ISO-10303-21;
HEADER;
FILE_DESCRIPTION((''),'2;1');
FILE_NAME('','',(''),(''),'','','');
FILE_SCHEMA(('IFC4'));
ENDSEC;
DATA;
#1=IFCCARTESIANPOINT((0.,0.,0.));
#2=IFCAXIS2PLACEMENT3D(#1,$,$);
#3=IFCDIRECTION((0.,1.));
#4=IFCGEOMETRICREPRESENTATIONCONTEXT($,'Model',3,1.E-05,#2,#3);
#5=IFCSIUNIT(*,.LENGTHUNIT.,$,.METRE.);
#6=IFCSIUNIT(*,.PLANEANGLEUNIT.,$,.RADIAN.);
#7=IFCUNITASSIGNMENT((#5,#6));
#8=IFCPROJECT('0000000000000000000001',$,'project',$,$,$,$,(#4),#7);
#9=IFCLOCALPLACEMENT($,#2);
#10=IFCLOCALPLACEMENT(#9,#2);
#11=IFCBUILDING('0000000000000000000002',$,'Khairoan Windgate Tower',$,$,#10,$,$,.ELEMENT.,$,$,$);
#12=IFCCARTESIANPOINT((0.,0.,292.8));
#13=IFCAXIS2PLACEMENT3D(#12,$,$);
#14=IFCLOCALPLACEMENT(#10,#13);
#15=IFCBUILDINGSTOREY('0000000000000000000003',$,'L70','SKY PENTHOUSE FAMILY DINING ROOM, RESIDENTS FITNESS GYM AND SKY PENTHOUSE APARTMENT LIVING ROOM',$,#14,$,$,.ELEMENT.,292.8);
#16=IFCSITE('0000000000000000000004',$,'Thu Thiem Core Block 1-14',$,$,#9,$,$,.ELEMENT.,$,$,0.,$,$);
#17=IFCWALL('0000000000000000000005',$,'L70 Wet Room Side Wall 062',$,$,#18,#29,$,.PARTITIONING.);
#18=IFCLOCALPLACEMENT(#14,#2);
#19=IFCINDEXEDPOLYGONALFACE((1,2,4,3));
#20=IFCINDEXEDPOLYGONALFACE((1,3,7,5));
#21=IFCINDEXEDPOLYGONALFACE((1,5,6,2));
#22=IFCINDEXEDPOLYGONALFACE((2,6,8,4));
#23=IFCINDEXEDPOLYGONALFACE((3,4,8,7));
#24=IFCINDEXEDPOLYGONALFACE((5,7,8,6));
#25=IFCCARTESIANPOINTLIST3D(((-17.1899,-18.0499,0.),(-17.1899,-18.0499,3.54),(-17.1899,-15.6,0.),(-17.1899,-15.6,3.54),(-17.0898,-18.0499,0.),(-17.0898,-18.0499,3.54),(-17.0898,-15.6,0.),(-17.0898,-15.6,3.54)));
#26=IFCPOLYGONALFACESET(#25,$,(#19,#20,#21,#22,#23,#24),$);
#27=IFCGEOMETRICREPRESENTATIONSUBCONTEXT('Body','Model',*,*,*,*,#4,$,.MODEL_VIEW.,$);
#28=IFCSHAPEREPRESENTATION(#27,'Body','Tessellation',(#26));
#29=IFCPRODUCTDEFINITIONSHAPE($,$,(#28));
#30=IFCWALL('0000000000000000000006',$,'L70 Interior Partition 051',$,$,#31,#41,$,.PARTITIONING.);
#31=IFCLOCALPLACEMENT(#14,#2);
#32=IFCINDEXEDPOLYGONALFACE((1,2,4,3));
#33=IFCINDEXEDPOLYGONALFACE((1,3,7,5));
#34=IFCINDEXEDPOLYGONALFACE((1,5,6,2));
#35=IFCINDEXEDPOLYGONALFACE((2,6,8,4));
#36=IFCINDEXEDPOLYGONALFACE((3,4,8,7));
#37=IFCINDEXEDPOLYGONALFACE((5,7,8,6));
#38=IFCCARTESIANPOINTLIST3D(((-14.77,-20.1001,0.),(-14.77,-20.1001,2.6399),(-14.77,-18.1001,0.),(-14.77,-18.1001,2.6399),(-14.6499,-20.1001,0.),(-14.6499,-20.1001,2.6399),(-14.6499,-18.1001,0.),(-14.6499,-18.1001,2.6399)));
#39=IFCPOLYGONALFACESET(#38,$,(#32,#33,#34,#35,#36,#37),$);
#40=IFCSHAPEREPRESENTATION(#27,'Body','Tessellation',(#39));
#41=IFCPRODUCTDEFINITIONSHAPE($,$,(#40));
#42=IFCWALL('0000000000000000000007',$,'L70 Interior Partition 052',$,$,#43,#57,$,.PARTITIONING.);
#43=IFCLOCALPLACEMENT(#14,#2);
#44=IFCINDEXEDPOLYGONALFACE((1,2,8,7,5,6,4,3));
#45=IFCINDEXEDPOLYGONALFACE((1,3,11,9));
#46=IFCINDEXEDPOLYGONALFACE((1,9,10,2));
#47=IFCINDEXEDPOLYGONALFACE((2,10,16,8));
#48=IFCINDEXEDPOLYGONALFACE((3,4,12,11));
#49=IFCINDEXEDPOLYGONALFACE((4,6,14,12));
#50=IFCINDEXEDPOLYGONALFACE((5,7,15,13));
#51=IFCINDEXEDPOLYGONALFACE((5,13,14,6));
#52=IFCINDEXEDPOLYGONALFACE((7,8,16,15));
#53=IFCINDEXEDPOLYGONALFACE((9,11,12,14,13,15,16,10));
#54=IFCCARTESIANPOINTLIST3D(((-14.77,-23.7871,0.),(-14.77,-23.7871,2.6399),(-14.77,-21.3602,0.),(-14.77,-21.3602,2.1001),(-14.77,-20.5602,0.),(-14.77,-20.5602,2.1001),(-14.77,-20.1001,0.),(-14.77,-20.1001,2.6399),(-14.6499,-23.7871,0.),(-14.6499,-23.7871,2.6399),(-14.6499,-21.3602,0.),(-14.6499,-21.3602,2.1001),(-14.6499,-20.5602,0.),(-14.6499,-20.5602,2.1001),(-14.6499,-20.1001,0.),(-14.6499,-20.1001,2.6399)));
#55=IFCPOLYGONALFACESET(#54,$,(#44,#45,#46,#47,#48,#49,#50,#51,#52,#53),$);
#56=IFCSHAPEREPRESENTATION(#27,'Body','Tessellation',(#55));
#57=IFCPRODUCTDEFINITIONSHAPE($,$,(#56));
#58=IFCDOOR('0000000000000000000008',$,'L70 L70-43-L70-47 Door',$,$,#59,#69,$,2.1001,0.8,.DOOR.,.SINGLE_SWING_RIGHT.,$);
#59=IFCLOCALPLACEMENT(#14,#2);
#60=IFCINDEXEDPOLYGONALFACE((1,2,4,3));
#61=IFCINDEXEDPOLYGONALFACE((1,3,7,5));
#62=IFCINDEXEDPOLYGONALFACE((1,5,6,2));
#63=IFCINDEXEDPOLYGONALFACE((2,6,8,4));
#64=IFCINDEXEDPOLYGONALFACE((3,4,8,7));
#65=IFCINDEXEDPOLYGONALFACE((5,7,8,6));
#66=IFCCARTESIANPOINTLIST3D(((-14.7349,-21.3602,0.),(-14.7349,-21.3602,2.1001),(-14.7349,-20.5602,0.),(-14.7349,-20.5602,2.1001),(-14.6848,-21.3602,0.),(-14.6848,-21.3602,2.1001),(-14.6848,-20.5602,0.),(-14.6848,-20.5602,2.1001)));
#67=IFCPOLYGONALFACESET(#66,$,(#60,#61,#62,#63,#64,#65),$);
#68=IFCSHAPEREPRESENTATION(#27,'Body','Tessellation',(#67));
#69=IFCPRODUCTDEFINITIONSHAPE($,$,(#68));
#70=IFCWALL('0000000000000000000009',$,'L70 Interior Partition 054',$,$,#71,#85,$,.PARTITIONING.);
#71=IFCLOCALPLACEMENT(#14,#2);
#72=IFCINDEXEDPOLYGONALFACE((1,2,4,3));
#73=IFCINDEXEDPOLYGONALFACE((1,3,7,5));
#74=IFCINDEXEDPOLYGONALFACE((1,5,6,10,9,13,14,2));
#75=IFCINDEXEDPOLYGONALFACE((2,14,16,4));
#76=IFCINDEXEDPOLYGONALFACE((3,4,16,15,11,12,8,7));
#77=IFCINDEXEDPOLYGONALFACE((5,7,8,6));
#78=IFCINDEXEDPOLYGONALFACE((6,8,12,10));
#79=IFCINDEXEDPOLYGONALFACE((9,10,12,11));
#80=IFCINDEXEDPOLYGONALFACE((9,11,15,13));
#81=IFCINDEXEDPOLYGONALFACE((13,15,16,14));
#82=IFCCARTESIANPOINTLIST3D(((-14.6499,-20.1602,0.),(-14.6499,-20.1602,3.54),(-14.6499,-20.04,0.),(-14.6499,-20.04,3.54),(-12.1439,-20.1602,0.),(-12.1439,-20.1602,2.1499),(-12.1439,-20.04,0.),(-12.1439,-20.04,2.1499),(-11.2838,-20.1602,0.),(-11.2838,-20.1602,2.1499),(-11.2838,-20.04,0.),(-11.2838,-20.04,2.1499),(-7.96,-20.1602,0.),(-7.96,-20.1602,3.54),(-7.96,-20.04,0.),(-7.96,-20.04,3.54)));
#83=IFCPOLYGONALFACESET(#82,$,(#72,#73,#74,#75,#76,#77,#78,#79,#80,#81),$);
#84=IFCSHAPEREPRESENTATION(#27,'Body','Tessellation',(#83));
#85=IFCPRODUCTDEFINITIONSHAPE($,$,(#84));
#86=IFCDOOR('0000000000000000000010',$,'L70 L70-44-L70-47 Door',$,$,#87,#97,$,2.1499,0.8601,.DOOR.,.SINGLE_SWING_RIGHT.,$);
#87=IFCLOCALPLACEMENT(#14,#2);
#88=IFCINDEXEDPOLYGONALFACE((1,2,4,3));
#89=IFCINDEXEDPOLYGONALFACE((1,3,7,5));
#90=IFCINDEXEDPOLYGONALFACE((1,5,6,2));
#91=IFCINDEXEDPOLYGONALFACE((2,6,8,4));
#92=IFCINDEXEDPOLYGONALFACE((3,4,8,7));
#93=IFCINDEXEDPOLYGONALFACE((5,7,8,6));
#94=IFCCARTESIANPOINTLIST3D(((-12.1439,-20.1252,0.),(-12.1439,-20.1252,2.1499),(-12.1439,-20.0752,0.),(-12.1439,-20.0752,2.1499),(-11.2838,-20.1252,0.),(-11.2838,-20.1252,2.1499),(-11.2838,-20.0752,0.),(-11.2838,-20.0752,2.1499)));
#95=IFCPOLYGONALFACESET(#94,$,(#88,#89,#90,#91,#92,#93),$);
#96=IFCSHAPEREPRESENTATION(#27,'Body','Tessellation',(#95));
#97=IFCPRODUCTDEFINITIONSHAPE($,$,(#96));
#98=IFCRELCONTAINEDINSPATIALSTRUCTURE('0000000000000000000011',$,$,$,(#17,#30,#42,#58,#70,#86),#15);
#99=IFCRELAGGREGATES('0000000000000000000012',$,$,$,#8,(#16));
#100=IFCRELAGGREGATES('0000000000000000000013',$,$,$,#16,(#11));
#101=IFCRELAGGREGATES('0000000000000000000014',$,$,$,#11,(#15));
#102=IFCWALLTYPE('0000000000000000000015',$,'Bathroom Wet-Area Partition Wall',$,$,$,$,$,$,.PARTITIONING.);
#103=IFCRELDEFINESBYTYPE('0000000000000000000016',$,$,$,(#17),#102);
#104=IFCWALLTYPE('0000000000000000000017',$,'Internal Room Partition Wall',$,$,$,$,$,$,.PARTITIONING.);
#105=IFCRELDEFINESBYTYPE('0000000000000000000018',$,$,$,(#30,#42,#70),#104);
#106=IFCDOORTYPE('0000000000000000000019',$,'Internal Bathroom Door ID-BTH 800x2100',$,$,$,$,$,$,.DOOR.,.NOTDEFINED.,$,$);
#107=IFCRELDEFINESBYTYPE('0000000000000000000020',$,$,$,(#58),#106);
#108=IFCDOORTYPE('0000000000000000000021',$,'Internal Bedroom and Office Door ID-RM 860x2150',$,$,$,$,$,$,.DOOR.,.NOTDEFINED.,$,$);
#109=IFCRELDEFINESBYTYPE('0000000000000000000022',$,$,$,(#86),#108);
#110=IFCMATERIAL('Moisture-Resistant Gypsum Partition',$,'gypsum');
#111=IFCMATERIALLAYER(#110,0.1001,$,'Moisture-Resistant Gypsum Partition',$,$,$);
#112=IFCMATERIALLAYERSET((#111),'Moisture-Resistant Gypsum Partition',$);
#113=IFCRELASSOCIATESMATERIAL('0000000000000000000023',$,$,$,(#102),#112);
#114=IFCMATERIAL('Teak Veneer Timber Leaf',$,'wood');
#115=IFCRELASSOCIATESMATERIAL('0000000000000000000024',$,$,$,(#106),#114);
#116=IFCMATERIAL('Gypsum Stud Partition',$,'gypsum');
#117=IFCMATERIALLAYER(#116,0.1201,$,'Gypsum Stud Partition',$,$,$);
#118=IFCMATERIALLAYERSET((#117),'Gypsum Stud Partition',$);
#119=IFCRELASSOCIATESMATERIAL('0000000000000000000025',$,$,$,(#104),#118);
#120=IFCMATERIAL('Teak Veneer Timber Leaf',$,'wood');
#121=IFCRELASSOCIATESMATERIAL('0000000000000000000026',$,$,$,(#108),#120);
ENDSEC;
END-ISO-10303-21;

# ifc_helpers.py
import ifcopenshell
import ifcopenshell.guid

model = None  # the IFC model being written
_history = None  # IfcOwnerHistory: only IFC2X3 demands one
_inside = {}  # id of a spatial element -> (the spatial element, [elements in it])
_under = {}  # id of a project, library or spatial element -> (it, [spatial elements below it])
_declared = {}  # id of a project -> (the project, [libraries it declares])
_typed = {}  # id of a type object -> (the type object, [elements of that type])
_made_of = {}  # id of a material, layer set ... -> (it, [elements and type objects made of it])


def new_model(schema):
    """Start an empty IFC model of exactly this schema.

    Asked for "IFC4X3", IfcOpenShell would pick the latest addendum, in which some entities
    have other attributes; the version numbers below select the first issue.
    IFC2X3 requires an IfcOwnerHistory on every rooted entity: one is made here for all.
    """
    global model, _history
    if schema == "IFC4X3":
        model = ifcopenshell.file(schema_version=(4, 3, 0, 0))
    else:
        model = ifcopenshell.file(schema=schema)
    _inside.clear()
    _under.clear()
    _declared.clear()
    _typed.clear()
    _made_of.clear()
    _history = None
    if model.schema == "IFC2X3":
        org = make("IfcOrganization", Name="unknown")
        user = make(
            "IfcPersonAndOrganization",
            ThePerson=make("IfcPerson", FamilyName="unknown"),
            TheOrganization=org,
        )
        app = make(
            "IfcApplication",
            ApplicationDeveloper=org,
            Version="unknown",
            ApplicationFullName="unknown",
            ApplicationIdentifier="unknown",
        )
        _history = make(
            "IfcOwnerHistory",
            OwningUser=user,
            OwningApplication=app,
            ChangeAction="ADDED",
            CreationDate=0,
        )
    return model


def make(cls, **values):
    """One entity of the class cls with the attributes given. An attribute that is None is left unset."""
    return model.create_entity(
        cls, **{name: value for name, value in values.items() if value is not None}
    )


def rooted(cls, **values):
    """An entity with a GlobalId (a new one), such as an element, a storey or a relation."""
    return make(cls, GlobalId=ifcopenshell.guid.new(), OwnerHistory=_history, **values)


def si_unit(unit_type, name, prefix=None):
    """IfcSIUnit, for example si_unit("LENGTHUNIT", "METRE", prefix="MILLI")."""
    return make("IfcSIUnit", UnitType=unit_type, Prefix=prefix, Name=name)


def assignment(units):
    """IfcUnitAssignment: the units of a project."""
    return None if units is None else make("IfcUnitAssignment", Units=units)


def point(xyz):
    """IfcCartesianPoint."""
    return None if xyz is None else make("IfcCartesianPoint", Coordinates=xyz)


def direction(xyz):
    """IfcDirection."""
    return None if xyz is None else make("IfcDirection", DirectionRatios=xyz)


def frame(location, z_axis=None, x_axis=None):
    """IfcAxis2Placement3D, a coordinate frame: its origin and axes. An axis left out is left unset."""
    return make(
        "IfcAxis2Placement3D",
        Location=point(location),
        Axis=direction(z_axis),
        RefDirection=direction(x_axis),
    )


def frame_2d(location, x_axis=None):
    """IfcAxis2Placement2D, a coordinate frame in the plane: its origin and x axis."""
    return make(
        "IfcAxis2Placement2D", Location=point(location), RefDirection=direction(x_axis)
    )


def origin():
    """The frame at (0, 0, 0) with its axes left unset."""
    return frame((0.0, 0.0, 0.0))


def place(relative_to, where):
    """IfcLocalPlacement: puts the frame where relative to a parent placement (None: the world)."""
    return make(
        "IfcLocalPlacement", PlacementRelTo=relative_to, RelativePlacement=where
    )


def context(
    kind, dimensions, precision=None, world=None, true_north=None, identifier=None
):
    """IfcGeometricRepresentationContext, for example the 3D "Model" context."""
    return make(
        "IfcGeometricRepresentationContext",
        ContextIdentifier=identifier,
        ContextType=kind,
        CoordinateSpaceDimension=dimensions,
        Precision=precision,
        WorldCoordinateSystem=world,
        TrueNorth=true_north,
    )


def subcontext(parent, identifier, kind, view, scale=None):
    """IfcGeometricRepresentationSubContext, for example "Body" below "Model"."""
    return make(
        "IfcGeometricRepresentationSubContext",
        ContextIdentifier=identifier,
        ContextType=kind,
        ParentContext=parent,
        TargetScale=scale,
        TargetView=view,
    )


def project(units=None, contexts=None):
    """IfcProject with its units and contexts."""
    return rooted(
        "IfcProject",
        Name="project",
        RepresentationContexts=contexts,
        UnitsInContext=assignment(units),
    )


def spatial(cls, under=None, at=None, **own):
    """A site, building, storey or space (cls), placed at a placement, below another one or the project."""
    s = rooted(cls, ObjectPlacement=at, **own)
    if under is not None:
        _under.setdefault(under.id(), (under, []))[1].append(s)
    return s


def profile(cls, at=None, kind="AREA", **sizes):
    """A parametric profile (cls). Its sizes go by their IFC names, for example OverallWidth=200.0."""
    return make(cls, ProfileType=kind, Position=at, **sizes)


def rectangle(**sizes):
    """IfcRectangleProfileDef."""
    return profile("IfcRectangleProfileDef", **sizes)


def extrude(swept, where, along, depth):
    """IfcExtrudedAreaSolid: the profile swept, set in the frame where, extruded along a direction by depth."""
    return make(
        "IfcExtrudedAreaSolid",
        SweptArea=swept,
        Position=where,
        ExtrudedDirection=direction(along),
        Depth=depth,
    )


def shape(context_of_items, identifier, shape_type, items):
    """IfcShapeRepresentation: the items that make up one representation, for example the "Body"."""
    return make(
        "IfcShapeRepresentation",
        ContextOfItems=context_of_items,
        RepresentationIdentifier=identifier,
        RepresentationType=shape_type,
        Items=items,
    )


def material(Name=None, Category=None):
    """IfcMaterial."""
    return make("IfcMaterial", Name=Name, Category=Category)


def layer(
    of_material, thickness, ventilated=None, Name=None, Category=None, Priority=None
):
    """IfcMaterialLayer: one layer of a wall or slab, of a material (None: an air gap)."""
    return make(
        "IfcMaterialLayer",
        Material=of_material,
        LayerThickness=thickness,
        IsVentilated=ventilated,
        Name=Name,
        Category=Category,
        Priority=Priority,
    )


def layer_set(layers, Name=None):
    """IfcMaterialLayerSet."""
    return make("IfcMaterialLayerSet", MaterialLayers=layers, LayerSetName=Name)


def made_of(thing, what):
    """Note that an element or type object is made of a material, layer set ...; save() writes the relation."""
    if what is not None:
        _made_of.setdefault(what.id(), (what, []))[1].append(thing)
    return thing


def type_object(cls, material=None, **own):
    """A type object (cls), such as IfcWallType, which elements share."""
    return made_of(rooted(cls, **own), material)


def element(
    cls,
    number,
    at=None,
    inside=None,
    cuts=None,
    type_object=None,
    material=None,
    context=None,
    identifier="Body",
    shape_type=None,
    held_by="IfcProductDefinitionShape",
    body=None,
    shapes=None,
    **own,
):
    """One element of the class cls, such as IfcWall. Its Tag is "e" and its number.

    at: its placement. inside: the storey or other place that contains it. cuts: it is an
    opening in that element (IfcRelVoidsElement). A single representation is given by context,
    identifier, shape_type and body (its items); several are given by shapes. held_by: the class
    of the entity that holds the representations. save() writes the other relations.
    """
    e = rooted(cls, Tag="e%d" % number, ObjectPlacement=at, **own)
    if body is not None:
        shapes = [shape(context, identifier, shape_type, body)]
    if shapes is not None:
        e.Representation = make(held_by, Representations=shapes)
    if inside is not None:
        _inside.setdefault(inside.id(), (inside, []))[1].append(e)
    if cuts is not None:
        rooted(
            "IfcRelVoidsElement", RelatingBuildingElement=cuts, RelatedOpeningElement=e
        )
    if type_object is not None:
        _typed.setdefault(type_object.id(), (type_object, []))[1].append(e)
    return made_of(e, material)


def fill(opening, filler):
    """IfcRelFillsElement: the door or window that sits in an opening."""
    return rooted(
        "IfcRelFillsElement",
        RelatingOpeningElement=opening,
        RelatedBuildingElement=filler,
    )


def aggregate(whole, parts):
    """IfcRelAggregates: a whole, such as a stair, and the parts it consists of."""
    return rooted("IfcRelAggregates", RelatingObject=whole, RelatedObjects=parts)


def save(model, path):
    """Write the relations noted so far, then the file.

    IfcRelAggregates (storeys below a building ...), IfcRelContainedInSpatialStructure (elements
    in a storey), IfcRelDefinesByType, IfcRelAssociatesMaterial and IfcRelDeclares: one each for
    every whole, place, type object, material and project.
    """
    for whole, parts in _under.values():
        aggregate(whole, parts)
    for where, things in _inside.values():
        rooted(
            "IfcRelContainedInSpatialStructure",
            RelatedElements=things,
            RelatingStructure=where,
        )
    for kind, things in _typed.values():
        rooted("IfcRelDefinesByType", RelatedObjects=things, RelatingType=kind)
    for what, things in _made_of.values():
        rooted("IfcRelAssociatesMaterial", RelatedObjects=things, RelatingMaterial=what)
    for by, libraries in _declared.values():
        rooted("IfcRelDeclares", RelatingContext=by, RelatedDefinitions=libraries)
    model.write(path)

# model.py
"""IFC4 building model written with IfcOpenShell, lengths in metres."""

from ifc_helpers import new_model, si_unit, direction, frame, frame_2d, origin, place, context, subcontext, project, spatial, rectangle, extrude, material, layer, layer_set, type_object, element, fill, save


model = new_model("IFC4")

# Units and contexts
model_context = context("Model", 3, precision=1e-05, world=origin(), true_north=direction((0.0, 1.0)))
body_context = subcontext(model_context, "Body", "Model", "MODEL_VIEW")
ifc_project = project(units=[si_unit("LENGTHUNIT", "METRE"), si_unit("PLANEANGLEUNIT", "RADIAN")], contexts=[model_context])

# Site, building, storey
site_placement = place(None, origin())
site = spatial("IfcSite", under=ifc_project, at=site_placement, Name="Thu Thiem Core Block 1-14", CompositionType="ELEMENT", RefElevation=0.0)
building_placement = place(site_placement, origin())
building = spatial("IfcBuilding", under=site, at=building_placement, Name="Khairoan Windgate Tower", CompositionType="ELEMENT")
storey_placement = place(building_placement, frame((0.0, 0.0, 292.8)))
storey = spatial("IfcBuildingStorey", under=building, at=storey_placement, Name="L70", Description="SKY PENTHOUSE FAMILY DINING ROOM, RESIDENTS FITNESS GYM AND SKY PENTHOUSE APARTMENT LIVING ROOM", CompositionType="ELEMENT", Elevation=292.8)

# Shared definitions
ifc_material_1 = material(Name="Moisture-Resistant Gypsum Partition", Category="gypsum")
ifc_layer_1 = layer(ifc_material_1, 0.1001, Name="Moisture-Resistant Gypsum Partition")
ifc_layer_set_1 = layer_set([ifc_layer_1], Name="Moisture-Resistant Gypsum Partition")
wall_type_1 = type_object("IfcWallType", Name="Bathroom Wet-Area Partition Wall", PredefinedType="PARTITIONING", material=ifc_layer_set_1)

# Shared definitions
ifc_material_2 = material(Name="Teak Veneer Timber Leaf", Category="wood")
door_type_1 = type_object("IfcDoorType", Name="Internal Bathroom Door ID-BTH 800x2100", OperationType="NOTDEFINED", PredefinedType="DOOR", material=ifc_material_2)

# Wall
wall_1_placement = place(storey_placement, frame((-17.1399, -18.05, 0.0), z_axis=(0.0, 0.0, 1.0), x_axis=(0.0, 1.0, 0.0)))
element("IfcWall", 1, at=wall_1_placement, inside=storey, type_object=wall_type_1, Name="L70 Wet Room Side Wall 062", PredefinedType="PARTITIONING", context=body_context, shape_type="SweptSolid", body=[
    extrude(rectangle(XDim=2.45, YDim=0.1001, at=frame_2d((1.2251, 0.0))), origin(), (0.0, 0.0, 1.0), 3.54),
])

# Wall
ifc_material_3 = material(Name="Gypsum Stud Partition", Category="gypsum")
ifc_layer_2 = layer(ifc_material_3, 0.1201, Name="Gypsum Stud Partition")
ifc_layer_set_2 = layer_set([ifc_layer_2], Name="Gypsum Stud Partition")
wall_type_2 = type_object("IfcWallType", Name="Internal Room Partition Wall", PredefinedType="PARTITIONING", material=ifc_layer_set_2)
wall_2_placement = place(storey_placement, frame((-14.71, -20.1001, 0.0), z_axis=(0.0, 0.0, 1.0), x_axis=(0.0, 1.0, 0.0)))
element("IfcWall", 2, at=wall_2_placement, inside=storey, type_object=wall_type_2, Name="L70 Interior Partition 051", PredefinedType="PARTITIONING", context=body_context, shape_type="SweptSolid", body=[
    extrude(rectangle(XDim=2.0, YDim=0.1201, at=frame_2d((1.0, 0.0))), origin(), (0.0, 0.0, 1.0), 2.6399),
])

# Walls, openings, doors
wall_3_placement = place(storey_placement, frame((-14.71, -23.7871, 0.0), z_axis=(0.0, 0.0, 1.0), x_axis=(0.0, 1.0, 0.0)))
wall_3 = element("IfcWall", 3, at=wall_3_placement, inside=storey, type_object=wall_type_2, Name="L70 Interior Partition 052", PredefinedType="PARTITIONING", context=body_context, shape_type="SweptSolid", body=[
    extrude(rectangle(XDim=3.687, YDim=0.1201, at=frame_2d((1.8435, 0.0))), origin(), (0.0, 0.0, 1.0), 2.6399),
])
opening_1_placement = place(wall_3_placement, frame((2.427, 0.0, 0.0)))
opening_1 = element("IfcOpeningElement", 4, at=opening_1_placement, cuts=wall_3, PredefinedType="OPENING", context=body_context, shape_type="SweptSolid", body=[
    extrude(rectangle(XDim=0.8, YDim=2.1001, at=frame_2d((0.3999, 1.05))), frame((0.0, 0.0701, 0.0), z_axis=(0.0, -1.0, 0.0), x_axis=(1.0, 0.0, 0.0)), (0.0, 0.0, 1.0), 0.1401),
])
door_1_placement = place(opening_1_placement, origin())
door_1 = element("IfcDoor", 5, at=door_1_placement, inside=storey, type_object=door_type_1, Name="L70 L70-43-L70-47 Door", OperationType="SINGLE_SWING_RIGHT", OverallHeight=2.1001, OverallWidth=0.8, PredefinedType="DOOR", context=body_context, shape_type="SweptSolid", body=[
    extrude(rectangle(XDim=0.8, YDim=2.1001, at=frame_2d((0.3999, 1.05))), frame((0.0, 0.0249, 0.0), z_axis=(0.0, -1.0, 0.0), x_axis=(1.0, 0.0, 0.0)), (0.0, 0.0, 1.0), 0.05),
])
fill(opening_1, door_1)
wall_4_placement = place(storey_placement, frame((-14.6499, -20.1001, 0.0), z_axis=(0.0, 0.0, 1.0), x_axis=(1.0, 0.0, 0.0)))
wall_4 = element("IfcWall", 6, at=wall_4_placement, inside=storey, type_object=wall_type_2, Name="L70 Interior Partition 054", PredefinedType="PARTITIONING", context=body_context, shape_type="SweptSolid", body=[
    extrude(rectangle(XDim=6.6899, YDim=0.1201, at=frame_2d((3.345, 0.0))), origin(), (0.0, 0.0, 1.0), 3.54),
])
opening_2_placement = place(wall_4_placement, frame((2.5059, 0.0, 0.0)))
opening_2 = element("IfcOpeningElement", 7, at=opening_2_placement, cuts=wall_4, PredefinedType="OPENING", context=body_context, shape_type="SweptSolid", body=[
    extrude(rectangle(XDim=0.8601, YDim=2.1499, at=frame_2d((0.4302, 1.075))), frame((0.0, 0.0701, 0.0), z_axis=(0.0, -1.0, 0.0), x_axis=(1.0, 0.0, 0.0)), (0.0, 0.0, 1.0), 0.1401),
])
ifc_material_4 = material(Name="Teak Veneer Timber Leaf", Category="wood")
door_type_2 = type_object("IfcDoorType", Name="Internal Bedroom and Office Door ID-RM 860x2150", OperationType="NOTDEFINED", PredefinedType="DOOR", material=ifc_material_4)
door_2_placement = place(opening_2_placement, origin())
door_2 = element("IfcDoor", 8, at=door_2_placement, inside=storey, type_object=door_type_2, Name="L70 L70-44-L70-47 Door", OperationType="SINGLE_SWING_RIGHT", OverallHeight=2.1499, OverallWidth=0.8601, PredefinedType="DOOR", context=body_context, shape_type="SweptSolid", body=[
    extrude(rectangle(XDim=0.8601, YDim=2.1499, at=frame_2d((0.4302, 1.075))), frame((0.0, 0.0249, 0.0), z_axis=(0.0, -1.0, 0.0), x_axis=(1.0, 0.0, 0.0)), (0.0, 0.0, 1.0), 0.05),
])
fill(opening_2, door_2)

save(model, "model.ifc")
